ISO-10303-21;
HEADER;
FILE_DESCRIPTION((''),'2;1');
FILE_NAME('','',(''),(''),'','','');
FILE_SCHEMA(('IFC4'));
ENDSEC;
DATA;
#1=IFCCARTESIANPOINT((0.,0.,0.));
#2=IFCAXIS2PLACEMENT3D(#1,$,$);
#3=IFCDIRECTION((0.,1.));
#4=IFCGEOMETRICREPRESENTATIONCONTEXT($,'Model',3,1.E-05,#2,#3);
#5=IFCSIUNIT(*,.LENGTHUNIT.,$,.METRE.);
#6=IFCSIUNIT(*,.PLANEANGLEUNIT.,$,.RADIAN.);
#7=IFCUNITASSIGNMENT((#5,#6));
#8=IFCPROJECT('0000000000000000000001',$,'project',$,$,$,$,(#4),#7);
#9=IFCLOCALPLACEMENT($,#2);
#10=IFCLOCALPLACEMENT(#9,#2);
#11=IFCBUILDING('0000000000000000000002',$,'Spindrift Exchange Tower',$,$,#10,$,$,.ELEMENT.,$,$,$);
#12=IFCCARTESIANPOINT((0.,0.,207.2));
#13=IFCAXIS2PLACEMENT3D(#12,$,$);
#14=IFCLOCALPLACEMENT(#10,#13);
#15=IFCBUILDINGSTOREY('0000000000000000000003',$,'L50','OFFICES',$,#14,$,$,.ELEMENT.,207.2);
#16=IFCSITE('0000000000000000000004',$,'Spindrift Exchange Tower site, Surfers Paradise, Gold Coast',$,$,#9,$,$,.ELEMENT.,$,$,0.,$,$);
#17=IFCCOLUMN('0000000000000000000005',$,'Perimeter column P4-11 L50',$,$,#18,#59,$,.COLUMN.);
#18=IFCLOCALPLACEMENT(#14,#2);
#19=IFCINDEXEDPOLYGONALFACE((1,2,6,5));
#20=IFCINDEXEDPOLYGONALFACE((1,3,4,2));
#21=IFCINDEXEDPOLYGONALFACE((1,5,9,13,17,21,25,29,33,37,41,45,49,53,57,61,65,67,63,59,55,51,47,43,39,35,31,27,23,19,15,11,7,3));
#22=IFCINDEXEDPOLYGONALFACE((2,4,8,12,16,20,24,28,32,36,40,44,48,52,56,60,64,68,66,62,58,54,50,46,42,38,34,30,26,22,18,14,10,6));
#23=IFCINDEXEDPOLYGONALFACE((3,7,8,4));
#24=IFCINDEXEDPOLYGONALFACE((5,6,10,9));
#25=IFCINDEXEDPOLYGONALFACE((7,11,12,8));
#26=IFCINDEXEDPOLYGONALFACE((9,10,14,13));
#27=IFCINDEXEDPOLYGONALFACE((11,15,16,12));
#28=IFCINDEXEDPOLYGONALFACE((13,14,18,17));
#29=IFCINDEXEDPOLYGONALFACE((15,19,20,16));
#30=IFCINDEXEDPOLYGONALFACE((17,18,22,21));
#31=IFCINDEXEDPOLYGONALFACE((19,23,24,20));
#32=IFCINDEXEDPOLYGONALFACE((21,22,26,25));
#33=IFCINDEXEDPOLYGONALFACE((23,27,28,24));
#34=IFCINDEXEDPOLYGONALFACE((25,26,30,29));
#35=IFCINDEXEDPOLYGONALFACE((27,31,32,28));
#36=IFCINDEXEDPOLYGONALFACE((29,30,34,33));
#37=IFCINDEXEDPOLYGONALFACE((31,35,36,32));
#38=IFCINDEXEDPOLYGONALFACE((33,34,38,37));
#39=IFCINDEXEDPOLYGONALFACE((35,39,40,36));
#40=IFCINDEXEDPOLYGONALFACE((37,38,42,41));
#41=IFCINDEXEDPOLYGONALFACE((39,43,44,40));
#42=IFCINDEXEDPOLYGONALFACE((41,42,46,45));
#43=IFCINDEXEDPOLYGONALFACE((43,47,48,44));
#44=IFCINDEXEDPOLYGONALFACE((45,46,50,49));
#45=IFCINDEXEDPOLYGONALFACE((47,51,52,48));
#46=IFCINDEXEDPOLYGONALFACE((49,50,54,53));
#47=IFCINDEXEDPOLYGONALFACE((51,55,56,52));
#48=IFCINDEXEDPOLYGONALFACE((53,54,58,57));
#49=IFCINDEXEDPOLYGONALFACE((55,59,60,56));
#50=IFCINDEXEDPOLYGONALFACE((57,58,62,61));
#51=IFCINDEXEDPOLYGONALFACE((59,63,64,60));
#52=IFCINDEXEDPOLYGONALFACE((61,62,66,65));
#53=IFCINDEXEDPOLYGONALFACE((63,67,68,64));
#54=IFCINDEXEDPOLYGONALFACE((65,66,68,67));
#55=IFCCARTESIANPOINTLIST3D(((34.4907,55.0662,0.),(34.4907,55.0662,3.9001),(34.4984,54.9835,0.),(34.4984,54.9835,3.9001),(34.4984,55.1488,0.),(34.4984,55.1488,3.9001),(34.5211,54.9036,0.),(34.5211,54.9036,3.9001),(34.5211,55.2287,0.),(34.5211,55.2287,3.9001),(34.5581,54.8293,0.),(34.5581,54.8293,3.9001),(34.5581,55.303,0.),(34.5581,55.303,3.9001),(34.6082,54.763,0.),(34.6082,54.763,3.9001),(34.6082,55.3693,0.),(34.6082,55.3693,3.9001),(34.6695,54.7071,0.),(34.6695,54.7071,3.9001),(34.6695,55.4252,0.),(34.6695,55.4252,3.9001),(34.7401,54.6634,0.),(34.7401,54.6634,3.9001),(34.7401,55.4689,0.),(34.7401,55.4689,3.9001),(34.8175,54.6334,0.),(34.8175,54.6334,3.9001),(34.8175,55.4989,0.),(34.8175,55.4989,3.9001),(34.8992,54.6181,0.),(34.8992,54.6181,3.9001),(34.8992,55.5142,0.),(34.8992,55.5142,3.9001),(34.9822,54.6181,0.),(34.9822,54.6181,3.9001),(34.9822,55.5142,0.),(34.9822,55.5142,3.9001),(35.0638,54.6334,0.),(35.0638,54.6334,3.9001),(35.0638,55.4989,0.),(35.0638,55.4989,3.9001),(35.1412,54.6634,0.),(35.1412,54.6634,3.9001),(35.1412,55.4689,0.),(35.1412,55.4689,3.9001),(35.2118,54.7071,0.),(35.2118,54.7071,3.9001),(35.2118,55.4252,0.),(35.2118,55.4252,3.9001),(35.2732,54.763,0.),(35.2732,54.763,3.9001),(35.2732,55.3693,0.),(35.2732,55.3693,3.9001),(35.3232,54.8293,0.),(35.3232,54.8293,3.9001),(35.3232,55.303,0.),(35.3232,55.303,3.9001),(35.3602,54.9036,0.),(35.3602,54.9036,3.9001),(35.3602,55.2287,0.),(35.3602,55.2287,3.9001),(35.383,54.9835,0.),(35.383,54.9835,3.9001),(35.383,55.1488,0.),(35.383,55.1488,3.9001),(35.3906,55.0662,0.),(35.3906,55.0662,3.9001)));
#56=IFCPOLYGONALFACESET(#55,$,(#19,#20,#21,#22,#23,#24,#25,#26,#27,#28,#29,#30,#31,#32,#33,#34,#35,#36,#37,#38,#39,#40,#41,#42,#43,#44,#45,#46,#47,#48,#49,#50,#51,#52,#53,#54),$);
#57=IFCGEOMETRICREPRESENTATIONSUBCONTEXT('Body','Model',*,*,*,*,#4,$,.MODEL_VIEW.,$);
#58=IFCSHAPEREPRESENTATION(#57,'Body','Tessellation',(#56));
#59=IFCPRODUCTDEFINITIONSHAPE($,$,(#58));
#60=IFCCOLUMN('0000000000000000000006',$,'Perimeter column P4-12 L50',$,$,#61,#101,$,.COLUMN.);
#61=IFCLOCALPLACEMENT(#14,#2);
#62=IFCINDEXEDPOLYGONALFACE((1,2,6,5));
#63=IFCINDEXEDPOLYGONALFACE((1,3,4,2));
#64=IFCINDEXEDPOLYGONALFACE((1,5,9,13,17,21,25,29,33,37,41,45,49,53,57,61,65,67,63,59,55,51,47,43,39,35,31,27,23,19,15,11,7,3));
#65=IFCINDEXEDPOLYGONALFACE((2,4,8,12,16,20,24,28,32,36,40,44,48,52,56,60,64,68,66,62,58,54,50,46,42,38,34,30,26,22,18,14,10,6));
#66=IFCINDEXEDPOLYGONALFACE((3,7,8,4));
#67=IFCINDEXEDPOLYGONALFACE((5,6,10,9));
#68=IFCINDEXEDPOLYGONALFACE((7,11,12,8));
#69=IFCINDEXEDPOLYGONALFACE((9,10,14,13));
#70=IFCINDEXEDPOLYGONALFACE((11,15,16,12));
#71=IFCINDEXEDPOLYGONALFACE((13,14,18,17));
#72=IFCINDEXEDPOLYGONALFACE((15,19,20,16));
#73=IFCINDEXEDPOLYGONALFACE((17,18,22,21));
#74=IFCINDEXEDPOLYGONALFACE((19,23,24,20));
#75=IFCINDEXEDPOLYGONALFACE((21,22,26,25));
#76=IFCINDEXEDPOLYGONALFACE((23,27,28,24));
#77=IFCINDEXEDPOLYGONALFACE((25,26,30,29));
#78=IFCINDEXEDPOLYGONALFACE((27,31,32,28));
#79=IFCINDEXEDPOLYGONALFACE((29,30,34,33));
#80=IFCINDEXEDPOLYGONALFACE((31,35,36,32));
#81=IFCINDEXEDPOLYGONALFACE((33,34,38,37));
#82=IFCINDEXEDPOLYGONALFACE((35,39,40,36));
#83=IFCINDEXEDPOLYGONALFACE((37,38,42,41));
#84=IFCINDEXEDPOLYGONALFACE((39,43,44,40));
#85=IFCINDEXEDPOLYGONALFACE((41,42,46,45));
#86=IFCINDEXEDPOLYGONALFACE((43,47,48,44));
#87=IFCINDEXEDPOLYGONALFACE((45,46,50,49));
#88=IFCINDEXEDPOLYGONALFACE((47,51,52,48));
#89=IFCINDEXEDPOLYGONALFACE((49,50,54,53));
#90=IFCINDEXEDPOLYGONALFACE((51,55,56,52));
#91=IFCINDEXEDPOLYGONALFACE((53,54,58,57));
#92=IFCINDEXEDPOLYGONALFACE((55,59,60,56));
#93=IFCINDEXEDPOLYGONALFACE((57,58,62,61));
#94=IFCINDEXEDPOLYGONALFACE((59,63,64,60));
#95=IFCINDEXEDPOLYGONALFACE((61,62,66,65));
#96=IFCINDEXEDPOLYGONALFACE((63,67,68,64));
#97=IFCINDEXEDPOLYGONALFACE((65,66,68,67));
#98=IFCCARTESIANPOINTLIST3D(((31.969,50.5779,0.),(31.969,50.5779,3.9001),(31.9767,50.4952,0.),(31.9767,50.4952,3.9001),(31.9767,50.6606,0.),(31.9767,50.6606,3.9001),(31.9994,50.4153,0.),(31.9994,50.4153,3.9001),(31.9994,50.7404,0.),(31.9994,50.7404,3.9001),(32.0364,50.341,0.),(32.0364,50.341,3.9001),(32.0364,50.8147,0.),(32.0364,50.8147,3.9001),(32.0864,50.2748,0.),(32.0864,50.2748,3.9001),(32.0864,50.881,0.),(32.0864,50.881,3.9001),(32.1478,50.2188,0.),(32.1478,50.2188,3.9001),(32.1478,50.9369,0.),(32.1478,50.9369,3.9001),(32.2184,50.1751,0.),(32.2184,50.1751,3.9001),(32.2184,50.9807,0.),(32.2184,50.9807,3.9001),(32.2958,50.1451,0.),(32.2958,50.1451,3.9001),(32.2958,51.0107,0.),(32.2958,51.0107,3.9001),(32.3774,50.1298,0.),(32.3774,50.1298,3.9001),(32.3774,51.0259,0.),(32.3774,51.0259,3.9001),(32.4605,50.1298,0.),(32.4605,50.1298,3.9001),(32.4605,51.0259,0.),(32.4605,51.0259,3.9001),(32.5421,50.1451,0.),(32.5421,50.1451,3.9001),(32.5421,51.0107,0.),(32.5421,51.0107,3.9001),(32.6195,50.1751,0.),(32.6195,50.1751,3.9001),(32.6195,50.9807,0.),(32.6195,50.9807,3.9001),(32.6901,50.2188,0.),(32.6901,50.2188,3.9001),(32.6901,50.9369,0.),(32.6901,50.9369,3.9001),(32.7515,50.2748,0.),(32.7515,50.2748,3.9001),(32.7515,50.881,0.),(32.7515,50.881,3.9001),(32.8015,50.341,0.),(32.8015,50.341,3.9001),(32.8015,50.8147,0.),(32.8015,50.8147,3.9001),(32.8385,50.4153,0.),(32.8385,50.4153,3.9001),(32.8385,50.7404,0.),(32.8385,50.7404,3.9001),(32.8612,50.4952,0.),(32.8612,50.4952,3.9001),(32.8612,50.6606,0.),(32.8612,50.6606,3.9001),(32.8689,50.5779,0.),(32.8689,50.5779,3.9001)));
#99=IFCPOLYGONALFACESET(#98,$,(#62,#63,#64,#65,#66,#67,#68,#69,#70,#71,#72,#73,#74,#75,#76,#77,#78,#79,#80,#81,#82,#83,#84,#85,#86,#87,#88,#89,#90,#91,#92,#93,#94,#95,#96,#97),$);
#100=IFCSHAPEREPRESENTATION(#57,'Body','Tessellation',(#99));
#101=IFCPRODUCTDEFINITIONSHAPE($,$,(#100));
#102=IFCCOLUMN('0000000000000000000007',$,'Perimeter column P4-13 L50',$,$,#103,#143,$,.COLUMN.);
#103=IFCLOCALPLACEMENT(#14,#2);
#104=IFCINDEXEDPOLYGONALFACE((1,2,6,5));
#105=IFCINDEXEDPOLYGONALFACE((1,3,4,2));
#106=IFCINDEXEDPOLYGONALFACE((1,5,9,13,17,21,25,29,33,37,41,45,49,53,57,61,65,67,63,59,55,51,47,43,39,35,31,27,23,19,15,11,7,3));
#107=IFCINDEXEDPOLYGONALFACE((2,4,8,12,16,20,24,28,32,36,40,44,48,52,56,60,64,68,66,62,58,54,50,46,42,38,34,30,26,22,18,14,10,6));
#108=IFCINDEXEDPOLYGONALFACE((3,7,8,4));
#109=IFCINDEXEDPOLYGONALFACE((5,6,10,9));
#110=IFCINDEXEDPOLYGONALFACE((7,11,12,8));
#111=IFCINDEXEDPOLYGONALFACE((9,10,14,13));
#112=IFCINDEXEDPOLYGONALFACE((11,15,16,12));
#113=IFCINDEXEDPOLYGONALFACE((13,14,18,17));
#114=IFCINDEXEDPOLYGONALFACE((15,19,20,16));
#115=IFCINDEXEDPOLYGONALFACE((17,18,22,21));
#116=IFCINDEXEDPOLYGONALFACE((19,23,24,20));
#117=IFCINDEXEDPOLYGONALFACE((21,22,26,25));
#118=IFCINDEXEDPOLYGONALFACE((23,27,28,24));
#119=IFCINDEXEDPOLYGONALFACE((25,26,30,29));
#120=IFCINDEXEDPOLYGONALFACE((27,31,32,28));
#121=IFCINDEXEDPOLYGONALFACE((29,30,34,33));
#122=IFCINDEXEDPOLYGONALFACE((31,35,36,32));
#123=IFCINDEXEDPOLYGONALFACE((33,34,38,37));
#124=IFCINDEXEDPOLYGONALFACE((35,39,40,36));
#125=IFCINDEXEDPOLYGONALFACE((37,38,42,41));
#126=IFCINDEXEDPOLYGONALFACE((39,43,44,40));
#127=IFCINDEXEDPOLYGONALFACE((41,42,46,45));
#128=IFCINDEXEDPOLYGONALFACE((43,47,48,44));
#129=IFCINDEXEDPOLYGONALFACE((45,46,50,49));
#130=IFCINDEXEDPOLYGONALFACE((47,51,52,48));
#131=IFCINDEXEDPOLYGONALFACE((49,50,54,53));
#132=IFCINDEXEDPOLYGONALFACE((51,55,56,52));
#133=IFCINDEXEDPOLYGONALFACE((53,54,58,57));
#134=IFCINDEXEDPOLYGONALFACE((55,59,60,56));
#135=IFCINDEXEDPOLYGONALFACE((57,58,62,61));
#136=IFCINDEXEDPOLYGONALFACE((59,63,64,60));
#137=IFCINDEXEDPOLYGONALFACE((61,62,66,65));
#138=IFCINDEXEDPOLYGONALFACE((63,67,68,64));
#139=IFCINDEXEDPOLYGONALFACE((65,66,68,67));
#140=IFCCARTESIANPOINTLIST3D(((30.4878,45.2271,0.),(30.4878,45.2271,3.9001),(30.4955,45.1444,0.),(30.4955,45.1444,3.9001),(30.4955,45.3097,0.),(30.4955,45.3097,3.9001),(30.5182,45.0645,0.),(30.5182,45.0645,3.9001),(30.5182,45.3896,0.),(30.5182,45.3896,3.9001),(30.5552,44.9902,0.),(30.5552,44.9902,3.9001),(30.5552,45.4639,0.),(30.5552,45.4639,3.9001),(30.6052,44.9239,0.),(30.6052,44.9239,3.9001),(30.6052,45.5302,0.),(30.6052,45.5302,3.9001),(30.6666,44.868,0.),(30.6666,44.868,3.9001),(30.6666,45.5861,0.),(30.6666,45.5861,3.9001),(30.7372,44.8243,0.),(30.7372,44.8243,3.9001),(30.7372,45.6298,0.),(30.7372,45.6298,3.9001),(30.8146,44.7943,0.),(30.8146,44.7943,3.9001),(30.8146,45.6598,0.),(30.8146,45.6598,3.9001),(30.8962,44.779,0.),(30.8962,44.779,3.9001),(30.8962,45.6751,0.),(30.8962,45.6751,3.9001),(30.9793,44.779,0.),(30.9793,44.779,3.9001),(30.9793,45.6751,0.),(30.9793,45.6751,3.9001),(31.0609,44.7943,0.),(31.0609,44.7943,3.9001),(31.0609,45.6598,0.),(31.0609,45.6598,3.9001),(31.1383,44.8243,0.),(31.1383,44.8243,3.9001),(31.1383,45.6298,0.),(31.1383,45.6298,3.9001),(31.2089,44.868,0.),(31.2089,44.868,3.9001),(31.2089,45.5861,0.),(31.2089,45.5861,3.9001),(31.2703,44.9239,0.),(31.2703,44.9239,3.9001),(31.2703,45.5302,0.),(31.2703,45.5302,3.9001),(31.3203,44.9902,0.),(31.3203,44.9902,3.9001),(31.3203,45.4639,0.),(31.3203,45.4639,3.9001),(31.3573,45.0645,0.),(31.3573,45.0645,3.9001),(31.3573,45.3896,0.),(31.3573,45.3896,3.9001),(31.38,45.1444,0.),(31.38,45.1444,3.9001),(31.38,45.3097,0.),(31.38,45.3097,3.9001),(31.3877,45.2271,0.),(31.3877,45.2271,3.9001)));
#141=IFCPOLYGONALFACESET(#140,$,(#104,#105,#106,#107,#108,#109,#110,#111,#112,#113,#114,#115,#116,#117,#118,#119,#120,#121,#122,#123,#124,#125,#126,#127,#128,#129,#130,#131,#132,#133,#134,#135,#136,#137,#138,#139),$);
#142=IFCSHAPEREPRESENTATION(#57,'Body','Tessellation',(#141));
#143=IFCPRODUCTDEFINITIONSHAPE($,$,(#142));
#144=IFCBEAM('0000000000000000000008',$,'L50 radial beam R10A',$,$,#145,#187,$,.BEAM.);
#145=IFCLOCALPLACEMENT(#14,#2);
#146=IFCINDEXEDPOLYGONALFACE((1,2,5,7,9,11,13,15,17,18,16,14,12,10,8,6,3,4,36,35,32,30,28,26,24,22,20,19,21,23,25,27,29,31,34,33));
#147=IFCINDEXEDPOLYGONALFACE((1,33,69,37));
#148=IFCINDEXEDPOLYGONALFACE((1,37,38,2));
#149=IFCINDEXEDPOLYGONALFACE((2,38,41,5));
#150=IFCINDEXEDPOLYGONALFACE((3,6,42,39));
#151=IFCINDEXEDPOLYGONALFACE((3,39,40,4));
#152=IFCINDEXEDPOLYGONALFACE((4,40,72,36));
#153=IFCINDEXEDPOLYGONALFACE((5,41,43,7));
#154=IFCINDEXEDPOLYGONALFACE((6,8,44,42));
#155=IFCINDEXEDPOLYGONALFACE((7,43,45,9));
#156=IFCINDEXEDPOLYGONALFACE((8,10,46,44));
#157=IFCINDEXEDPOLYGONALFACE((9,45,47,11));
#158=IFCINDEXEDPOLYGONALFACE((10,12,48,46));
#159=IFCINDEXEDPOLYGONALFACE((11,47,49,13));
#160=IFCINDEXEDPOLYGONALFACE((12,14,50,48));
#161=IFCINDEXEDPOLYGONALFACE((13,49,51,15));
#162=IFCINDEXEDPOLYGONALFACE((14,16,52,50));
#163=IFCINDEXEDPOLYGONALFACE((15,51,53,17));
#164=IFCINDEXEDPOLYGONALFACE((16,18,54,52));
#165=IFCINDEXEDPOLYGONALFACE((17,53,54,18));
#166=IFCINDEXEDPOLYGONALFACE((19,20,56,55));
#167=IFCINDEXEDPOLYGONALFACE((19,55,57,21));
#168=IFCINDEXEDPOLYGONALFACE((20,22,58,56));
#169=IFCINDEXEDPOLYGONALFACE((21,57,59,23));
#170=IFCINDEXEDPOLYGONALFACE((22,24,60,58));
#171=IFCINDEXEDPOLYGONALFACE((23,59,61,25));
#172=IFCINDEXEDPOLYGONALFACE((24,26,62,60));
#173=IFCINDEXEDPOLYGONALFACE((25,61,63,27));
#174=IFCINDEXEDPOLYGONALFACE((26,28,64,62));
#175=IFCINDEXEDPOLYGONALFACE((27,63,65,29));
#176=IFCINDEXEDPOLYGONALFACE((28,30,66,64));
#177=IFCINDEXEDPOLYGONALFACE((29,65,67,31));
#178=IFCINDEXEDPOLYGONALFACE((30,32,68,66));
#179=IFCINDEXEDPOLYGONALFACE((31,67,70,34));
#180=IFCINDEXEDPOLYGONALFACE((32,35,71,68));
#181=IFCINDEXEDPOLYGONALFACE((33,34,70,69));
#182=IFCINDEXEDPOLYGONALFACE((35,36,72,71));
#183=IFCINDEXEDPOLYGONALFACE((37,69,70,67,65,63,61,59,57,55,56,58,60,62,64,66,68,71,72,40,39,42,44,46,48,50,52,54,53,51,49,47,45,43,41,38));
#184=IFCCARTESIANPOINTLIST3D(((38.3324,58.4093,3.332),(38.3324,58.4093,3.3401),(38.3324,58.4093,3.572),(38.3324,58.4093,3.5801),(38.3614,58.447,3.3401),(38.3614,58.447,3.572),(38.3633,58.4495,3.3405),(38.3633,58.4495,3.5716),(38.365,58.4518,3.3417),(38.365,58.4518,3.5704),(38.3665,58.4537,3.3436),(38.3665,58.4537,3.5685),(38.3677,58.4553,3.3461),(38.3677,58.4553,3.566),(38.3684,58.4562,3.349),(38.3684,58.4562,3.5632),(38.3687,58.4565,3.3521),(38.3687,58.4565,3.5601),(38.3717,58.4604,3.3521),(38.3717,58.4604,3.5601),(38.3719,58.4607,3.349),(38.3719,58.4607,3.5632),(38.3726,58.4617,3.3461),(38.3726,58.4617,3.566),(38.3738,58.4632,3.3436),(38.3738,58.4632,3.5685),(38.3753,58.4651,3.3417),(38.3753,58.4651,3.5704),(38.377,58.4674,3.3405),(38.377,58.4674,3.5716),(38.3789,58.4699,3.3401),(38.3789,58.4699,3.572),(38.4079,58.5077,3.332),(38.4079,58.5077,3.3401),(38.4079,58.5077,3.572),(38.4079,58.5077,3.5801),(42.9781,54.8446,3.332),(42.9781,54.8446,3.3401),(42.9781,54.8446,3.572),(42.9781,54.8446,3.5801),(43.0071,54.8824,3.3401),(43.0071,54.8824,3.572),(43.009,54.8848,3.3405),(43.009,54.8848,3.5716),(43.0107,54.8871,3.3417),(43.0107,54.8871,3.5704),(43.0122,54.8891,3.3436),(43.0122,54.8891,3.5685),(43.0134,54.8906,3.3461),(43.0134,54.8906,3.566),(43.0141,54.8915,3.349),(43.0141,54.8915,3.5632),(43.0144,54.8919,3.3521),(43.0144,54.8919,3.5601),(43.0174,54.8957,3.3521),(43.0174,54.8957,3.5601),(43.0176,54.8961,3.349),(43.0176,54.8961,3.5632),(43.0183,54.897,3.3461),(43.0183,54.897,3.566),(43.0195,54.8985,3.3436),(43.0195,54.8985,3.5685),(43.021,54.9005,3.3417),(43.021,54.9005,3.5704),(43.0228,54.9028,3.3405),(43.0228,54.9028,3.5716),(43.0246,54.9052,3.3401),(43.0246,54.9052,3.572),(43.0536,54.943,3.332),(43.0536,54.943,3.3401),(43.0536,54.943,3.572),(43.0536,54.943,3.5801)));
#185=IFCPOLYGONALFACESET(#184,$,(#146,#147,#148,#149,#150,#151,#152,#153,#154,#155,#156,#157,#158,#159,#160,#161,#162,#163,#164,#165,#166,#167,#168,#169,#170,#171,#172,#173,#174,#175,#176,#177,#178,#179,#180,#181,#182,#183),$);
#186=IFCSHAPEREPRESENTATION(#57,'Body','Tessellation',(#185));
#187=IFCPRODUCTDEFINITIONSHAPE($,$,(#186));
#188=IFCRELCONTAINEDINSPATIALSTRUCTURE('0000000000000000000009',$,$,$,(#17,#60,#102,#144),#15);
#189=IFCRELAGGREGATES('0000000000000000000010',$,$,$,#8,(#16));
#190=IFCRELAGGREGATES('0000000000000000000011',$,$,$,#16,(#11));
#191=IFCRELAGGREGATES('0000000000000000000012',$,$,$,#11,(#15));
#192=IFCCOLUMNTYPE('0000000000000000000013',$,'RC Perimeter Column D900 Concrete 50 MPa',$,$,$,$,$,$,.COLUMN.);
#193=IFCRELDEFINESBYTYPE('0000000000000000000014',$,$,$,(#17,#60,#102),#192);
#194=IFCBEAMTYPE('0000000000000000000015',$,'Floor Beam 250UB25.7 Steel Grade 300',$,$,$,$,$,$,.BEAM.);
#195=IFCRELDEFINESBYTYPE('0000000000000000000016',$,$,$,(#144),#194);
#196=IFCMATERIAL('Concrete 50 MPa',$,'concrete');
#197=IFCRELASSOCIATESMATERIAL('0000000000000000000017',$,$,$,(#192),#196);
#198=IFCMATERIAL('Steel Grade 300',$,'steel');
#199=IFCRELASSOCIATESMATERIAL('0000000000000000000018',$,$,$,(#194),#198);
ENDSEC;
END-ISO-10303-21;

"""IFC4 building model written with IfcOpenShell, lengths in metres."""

from ifc_helpers import new_model, si_unit, direction, frame, origin, origin_2d, place, context, subcontext, project, spatial, circle, i_section, extrude, source, transform, mapped, material, material_profile, profile_set, type_object, element, save


model = new_model("IFC4")

# Units and contexts
model_context = context("Model", 3, precision=1e-05, world=origin(), true_north=direction((0.0, 1.0)))
body_context = subcontext(model_context, "Body", "Model", "MODEL_VIEW")
ifc_project = project(units=[si_unit("LENGTHUNIT", "METRE"), si_unit("PLANEANGLEUNIT", "RADIAN")], contexts=[model_context])

# Site, building, storey
site_placement = place(None, origin())
site = spatial("IfcSite", under=ifc_project, at=site_placement, Name="Spindrift Exchange Tower site, Surfers Paradise, Gold Coast", CompositionType="ELEMENT", RefElevation=0.0)
building_placement = place(site_placement, origin())
building = spatial("IfcBuilding", under=site, at=building_placement, Name="Spindrift Exchange Tower", CompositionType="ELEMENT")
storey_placement = place(building_placement, frame((0.0, 0.0, 207.2)))
storey = spatial("IfcBuildingStorey", under=building, at=storey_placement, Name="L50", Description="OFFICES", CompositionType="ELEMENT", Elevation=207.2)

# Columns
ifc_material_1 = material(Name="Concrete 50 MPa", Category="concrete")
ifc_material_profile_1 = material_profile(ifc_material_1, circle(Radius=0.45, at=origin_2d()), Name="RC D900")
ifc_profile_set_1 = profile_set([ifc_material_profile_1], Name="Concrete 50 MPa")
column_type = type_object("IfcColumnType", Name="RC Perimeter Column D900 Concrete 50 MPa", PredefinedType="COLUMN", material=ifc_profile_set_1)
shared_shape_1 = source(origin(), body_context, "Body", "SweptSolid", [
    extrude(circle(Radius=0.45, at=origin_2d()), origin(), (0.0, 0.0, 1.0), 3.9001),
])
for number, where, z_axis, x_axis, name in (
    (1, (34.9407, 55.0662, 0.0), (0.0, 0.0, 1.0), (1.0, 0.0, 0.0), "Perimeter column P4-11 L50"),
    (2, (32.4189, 50.5779, 0.0), (0.0, 0.0, 1.0), (1.0, 0.0, 0.0), "Perimeter column P4-12 L50"),
    (3, (30.9377, 45.2271, 0.0), (0.0, 0.0, 1.0), (1.0, 0.0, 0.0), "Perimeter column P4-13 L50"),
):
    element("IfcColumn", number, at=place(storey_placement, frame(where, z_axis=z_axis, x_axis=x_axis)), inside=storey, type_object=column_type, Name=name, PredefinedType="COLUMN", context=body_context, shape_type="MappedRepresentation", body=[
        mapped(shared_shape_1, transform((0.0, 0.0, 0.0), scale=1.0)),
    ])

# Beam
ifc_material_2 = material(Name="Steel Grade 300", Category="steel")
ifc_material_profile_2 = material_profile(ifc_material_2, i_section(OverallWidth=0.124, OverallDepth=0.248, WebThickness=0.0049, FlangeThickness=0.0081, FilletRadius=0.012, at=origin_2d()), Name="250UB25.7")
ifc_profile_set_2 = profile_set([ifc_material_profile_2], Name="Steel Grade 300")
beam_type_1 = type_object("IfcBeamType", Name="Floor Beam 250UB25.7 Steel Grade 300", PredefinedType="BEAM", material=ifc_profile_set_2)
shared_shape_2 = source(origin(), body_context, "Body", "SweptSolid", [
    extrude(i_section(OverallWidth=0.124, OverallDepth=0.248, WebThickness=0.0049, FlangeThickness=0.0081, FilletRadius=0.012, at=origin_2d()), origin(), (0.0, 0.0, 1.0), 5.8557),
])
beam_1_placement = place(storey_placement, frame((43.0159, 54.8938, 3.4561), z_axis=(-0.793363, 0.608749, 0.0), x_axis=(-0.608749, -0.793363, 0.0)))
element("IfcBeam", 4, at=beam_1_placement, inside=storey, type_object=beam_type_1, Name="L50 radial beam R10A", PredefinedType="BEAM", context=body_context, shape_type="MappedRepresentation", body=[
    mapped(shared_shape_2, transform((0.0, 0.0, 0.0), scale=1.0)),
])

save(model, "model.ifc")
